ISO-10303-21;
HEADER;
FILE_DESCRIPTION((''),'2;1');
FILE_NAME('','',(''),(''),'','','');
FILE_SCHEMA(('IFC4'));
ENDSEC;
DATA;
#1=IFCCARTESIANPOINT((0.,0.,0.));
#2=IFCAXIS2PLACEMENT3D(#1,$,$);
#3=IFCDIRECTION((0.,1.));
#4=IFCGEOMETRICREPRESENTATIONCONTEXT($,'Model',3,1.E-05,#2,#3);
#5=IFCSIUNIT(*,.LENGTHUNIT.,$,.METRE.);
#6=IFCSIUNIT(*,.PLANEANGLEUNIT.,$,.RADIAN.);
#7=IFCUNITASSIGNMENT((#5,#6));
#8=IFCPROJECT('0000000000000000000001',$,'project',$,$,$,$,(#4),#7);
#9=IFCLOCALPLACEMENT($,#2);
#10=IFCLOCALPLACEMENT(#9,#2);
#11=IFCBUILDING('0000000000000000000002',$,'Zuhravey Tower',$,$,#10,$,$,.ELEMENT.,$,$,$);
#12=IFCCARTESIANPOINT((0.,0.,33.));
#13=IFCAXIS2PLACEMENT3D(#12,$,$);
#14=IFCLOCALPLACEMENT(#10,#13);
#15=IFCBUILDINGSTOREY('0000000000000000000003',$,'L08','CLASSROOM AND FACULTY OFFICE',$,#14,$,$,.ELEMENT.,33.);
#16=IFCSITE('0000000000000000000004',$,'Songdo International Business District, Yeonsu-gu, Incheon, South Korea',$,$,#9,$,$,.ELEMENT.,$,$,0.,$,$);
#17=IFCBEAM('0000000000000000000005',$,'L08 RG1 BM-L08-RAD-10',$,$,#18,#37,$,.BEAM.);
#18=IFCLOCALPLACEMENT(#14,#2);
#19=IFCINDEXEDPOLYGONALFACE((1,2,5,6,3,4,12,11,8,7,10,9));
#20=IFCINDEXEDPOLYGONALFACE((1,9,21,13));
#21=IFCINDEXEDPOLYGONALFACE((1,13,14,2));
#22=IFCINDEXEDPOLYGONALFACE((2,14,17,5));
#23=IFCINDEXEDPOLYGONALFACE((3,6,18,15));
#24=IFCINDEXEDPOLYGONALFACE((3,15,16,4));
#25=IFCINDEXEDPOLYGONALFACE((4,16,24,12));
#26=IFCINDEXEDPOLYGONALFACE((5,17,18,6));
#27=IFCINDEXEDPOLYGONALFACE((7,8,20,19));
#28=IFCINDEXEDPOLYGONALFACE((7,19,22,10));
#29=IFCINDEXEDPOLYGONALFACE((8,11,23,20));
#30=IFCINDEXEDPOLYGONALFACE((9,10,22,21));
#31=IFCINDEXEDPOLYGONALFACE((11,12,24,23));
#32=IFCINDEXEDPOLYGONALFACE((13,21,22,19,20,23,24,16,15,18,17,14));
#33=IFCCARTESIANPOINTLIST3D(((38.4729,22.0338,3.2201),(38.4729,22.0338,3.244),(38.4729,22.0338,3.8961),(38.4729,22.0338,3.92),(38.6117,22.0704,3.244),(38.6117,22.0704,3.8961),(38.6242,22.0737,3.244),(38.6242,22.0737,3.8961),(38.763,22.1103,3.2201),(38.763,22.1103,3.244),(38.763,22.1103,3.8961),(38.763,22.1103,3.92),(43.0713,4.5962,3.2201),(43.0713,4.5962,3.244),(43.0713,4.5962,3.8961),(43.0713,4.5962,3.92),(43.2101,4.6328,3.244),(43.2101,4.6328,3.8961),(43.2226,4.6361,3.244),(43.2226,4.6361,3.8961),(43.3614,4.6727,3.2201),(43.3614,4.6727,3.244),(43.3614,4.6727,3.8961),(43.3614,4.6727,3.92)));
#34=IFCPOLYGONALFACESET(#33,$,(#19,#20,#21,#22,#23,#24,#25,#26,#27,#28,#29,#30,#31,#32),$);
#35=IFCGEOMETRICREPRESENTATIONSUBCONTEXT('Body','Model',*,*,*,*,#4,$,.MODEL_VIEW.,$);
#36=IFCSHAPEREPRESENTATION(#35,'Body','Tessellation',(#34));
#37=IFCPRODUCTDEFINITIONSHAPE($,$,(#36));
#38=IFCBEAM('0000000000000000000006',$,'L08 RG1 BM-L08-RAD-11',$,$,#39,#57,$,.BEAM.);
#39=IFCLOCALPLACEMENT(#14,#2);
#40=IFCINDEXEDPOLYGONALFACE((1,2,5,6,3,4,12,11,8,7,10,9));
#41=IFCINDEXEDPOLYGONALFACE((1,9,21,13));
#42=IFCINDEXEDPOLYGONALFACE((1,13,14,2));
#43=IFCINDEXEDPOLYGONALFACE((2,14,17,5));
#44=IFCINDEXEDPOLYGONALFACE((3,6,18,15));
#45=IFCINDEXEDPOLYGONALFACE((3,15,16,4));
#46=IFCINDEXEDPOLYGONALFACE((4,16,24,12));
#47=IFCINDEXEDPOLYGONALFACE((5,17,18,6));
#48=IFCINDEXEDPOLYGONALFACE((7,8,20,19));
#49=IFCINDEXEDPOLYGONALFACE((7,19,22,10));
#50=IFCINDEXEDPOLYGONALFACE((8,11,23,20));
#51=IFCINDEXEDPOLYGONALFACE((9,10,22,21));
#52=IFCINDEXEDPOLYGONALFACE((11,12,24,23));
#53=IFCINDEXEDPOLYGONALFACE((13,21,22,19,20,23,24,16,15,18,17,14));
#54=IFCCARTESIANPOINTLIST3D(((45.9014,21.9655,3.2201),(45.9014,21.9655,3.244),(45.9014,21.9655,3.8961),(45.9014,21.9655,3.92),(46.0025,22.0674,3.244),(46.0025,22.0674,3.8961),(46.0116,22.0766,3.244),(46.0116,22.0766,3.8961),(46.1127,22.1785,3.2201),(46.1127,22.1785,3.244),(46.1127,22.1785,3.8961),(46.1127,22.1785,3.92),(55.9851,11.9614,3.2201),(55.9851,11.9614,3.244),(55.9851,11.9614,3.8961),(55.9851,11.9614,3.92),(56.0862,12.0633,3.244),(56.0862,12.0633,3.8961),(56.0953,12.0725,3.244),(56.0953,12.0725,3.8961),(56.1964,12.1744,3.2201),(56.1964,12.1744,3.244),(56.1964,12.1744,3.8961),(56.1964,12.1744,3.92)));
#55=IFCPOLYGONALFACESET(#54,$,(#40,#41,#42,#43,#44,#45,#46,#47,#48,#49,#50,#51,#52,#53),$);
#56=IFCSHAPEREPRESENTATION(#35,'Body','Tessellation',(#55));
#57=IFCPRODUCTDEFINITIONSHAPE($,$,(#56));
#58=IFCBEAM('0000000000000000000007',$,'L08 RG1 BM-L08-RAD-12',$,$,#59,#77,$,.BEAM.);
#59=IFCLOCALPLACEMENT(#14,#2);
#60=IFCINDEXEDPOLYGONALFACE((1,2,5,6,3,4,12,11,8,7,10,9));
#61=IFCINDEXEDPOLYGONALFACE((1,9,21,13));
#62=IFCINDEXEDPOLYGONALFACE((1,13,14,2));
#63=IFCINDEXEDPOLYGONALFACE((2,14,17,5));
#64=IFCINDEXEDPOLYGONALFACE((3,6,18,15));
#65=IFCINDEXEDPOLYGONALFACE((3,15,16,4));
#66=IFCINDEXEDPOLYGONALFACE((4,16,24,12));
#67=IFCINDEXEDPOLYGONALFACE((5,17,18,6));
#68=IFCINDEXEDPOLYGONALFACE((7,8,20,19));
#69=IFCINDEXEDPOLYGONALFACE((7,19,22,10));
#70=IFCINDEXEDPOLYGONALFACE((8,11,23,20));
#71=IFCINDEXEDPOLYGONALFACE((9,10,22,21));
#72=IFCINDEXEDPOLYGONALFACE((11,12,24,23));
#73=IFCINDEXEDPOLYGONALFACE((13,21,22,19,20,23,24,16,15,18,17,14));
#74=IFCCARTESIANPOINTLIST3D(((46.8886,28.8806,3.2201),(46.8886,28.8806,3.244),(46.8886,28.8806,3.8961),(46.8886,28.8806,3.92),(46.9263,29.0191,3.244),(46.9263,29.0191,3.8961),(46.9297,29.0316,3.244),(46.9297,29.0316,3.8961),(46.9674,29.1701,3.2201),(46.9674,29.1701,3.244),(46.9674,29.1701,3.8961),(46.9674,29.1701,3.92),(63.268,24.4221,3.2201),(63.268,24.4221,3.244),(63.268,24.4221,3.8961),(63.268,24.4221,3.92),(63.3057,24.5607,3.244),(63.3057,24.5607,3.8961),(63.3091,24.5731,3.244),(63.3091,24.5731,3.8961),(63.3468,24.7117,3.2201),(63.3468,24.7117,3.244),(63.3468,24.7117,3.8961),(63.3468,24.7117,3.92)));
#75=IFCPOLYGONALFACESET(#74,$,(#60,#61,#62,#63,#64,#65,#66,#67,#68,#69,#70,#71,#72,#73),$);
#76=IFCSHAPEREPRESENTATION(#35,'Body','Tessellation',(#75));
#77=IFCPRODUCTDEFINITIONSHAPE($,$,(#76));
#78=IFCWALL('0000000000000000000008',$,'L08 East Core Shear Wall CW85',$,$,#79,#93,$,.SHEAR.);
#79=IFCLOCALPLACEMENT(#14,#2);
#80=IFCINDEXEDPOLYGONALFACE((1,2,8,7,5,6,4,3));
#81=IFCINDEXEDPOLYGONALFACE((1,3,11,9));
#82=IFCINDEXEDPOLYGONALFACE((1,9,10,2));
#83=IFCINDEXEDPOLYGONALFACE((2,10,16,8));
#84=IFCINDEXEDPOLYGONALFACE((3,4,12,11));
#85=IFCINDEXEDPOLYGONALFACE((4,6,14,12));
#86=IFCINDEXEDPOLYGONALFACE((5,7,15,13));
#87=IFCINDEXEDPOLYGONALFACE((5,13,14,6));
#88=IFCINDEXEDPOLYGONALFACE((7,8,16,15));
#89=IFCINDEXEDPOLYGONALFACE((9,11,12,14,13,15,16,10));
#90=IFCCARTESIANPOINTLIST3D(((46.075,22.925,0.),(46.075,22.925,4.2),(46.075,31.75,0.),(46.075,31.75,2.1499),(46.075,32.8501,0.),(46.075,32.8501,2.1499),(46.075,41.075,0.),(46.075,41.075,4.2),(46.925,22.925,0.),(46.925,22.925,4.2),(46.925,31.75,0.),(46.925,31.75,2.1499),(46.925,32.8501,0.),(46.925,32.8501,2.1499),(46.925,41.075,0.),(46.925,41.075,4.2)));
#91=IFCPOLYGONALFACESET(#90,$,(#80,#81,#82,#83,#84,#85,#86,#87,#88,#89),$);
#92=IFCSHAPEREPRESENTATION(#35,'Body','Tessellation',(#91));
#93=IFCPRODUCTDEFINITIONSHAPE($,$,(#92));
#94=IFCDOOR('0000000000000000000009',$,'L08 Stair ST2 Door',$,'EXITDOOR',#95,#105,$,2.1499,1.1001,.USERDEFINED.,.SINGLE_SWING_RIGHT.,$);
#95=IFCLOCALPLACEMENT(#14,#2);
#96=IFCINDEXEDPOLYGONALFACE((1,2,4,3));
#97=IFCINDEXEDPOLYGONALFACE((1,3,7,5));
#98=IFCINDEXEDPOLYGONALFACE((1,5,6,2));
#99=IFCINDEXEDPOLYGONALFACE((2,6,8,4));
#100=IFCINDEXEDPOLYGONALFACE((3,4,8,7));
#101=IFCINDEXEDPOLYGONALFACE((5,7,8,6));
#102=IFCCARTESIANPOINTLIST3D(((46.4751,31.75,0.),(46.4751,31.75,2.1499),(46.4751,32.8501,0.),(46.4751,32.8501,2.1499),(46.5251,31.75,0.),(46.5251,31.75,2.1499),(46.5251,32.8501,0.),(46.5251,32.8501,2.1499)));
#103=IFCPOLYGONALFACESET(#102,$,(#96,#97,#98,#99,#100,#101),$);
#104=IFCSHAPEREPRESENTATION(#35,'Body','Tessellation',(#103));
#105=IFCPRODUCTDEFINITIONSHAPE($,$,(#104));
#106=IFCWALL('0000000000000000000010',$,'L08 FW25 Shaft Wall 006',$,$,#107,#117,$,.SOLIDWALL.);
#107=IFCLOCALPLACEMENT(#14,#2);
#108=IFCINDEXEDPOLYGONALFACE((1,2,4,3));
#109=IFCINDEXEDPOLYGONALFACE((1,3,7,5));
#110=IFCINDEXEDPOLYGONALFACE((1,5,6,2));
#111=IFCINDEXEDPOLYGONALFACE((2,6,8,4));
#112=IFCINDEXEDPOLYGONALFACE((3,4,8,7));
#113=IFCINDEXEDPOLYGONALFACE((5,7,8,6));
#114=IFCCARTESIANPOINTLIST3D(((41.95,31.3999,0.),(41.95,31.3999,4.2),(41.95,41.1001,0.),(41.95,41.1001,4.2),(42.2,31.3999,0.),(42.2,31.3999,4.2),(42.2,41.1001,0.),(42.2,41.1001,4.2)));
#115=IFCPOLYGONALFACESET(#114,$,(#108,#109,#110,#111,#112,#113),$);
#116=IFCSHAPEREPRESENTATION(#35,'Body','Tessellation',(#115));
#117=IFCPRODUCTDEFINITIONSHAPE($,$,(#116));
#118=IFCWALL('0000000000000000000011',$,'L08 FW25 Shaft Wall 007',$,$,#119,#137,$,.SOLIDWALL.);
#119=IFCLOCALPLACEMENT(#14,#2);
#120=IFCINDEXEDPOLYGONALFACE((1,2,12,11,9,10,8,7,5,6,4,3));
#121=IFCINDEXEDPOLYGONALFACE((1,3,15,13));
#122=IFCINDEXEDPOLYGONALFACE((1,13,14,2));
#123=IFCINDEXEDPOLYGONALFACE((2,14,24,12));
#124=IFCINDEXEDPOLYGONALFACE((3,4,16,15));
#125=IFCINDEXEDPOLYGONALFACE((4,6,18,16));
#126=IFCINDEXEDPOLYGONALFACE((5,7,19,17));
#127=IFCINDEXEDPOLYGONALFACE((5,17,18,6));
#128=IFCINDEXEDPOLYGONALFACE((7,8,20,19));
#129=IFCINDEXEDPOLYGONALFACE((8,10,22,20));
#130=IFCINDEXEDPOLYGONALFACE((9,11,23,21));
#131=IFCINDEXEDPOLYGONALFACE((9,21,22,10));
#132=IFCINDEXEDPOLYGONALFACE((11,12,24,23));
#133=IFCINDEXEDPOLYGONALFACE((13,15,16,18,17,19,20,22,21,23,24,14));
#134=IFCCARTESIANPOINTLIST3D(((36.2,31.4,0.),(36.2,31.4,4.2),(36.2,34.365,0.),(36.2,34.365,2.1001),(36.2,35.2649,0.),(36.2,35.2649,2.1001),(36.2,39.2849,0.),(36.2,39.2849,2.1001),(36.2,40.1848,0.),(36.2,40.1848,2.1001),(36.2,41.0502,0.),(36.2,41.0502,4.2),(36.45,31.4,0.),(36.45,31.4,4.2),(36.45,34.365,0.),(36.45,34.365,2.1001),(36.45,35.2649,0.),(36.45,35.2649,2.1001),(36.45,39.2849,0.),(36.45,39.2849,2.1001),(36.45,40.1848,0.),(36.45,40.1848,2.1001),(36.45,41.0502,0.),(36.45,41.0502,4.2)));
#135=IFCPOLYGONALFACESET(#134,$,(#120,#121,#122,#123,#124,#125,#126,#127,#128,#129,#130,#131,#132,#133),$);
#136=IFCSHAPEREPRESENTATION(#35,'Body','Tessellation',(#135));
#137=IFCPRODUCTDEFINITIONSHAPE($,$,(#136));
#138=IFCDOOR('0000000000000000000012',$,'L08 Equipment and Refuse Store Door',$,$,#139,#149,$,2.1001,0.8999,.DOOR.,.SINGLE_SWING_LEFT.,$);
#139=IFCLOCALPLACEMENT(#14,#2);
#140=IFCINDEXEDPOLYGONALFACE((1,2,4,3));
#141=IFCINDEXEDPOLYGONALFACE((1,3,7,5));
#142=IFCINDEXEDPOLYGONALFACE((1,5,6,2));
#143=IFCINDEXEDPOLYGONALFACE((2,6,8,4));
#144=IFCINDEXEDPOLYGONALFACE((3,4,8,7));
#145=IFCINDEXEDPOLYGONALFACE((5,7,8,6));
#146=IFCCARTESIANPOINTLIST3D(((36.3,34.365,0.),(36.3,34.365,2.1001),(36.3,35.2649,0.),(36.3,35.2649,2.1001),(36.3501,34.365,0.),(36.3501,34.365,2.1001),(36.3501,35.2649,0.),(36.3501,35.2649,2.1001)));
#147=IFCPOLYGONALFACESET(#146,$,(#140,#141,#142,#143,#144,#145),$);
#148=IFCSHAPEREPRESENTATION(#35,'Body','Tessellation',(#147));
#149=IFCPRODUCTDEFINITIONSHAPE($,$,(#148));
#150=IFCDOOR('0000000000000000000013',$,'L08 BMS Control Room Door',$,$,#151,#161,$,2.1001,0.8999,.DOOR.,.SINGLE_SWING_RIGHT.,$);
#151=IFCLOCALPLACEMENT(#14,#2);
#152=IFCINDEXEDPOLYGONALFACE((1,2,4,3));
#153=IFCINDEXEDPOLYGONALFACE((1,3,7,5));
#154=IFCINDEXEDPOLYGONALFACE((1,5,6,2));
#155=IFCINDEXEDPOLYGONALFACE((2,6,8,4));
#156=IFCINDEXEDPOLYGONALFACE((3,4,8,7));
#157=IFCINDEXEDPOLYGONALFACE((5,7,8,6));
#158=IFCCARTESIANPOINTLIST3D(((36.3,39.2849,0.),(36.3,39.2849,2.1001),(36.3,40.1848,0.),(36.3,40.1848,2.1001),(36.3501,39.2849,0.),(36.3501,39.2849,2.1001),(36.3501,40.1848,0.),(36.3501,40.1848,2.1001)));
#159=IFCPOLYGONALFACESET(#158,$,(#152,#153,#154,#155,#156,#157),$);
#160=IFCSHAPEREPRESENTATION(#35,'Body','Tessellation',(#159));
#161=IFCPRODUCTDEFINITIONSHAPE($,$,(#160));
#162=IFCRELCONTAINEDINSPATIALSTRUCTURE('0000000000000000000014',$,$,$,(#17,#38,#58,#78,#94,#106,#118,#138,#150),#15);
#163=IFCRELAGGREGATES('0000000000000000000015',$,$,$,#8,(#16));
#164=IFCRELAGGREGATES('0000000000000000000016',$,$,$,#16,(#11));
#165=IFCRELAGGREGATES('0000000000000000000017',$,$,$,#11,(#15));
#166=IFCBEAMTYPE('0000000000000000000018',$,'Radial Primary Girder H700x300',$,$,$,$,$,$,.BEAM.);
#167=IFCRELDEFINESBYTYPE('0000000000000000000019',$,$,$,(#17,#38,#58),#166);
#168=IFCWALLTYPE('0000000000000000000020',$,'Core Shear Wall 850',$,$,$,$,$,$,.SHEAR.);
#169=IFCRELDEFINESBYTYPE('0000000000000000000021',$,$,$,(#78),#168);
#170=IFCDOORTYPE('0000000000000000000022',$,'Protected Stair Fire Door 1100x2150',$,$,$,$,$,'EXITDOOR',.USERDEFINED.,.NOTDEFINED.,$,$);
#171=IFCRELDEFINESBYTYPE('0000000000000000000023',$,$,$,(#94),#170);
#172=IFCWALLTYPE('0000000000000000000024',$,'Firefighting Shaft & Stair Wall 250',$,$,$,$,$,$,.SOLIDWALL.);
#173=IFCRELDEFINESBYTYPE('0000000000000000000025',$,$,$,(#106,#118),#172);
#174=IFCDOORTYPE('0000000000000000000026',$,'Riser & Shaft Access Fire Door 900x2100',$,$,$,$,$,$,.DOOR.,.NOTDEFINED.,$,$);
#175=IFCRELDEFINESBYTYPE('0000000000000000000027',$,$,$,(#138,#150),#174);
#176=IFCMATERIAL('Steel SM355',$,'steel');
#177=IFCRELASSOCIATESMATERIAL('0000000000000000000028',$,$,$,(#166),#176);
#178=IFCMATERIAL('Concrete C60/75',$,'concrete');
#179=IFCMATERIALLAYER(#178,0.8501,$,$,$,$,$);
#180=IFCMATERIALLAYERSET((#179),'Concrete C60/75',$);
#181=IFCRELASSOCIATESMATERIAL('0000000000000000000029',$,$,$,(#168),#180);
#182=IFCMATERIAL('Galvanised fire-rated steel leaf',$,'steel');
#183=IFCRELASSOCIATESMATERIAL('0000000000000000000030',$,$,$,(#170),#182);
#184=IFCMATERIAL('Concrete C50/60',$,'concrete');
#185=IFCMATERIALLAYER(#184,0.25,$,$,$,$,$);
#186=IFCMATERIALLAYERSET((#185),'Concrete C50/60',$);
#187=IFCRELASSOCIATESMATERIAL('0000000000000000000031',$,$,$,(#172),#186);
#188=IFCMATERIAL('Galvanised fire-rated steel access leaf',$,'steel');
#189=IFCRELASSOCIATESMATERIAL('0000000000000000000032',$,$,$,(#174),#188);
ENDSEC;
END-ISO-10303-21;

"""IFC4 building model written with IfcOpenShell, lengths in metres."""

from ifc_helpers import new_model, si_unit, direction, frame, frame_2d, origin, origin_2d, place, context, subcontext, project, spatial, rectangle, i_section, extrude, material, layer, layer_set, material_profile, profile_set, type_object, element, fill, save


model = new_model("IFC4")

# Units and contexts
model_context = context("Model", 3, precision=1e-05, world=origin(), true_north=direction((0.0, 1.0)))
body_context = subcontext(model_context, "Body", "Model", "MODEL_VIEW")
ifc_project = project(units=[si_unit("LENGTHUNIT", "METRE"), si_unit("PLANEANGLEUNIT", "RADIAN")], contexts=[model_context])

# Site, building, storey
site_placement = place(None, origin())
site = spatial("IfcSite", under=ifc_project, at=site_placement, Name="Songdo International Business District, Yeonsu-gu, Incheon, South Korea", CompositionType="ELEMENT", RefElevation=0.0)
building_placement = place(site_placement, origin())
building = spatial("IfcBuilding", under=site, at=building_placement, Name="Zuhravey Tower", CompositionType="ELEMENT")
storey_placement = place(building_placement, frame((0.0, 0.0, 33.0)))
storey = spatial("IfcBuildingStorey", under=building, at=storey_placement, Name="L08", Description="CLASSROOM AND FACULTY OFFICE", CompositionType="ELEMENT", Elevation=33.0)

# Beams
ifc_material_1 = material(Name="Steel SM355", Category="steel")
ifc_material_profile = material_profile(ifc_material_1, i_section(OverallWidth=0.3, OverallDepth=0.7, WebThickness=0.0129, FlangeThickness=0.0239, at=origin_2d()), Name="H-700x300x13x24")
ifc_profile_set = profile_set([ifc_material_profile], Name="Steel SM355")
beam_type = type_object("IfcBeamType", Name="Radial Primary Girder H700x300", PredefinedType="BEAM", material=ifc_profile_set)
beam_1_placement = place(storey_placement, frame((38.6179, 22.072, 3.5701), z_axis=(0.25499, -0.966944, 0.0), x_axis=(0.966944, 0.25499, 0.0)))
element("IfcBeam", 1, at=beam_1_placement, inside=storey, type_object=beam_type, Name="L08 RG1 BM-L08-RAD-10", PredefinedType="BEAM", context=body_context, shape_type="SweptSolid", body=[
    extrude(i_section(OverallWidth=0.3, OverallDepth=0.7, WebThickness=0.0129, FlangeThickness=0.0239, at=origin_2d()), origin(), (0.0, 0.0, 1.0), 18.0337),
])
beam_2_placement = place(storey_placement, frame((46.0071, 22.072, 3.5701), z_axis=(0.709903, -0.7043, 0.0), x_axis=(0.7043, 0.709903, 0.0)))
element("IfcBeam", 2, at=beam_2_placement, inside=storey, type_object=beam_type, Name="L08 RG1 BM-L08-RAD-11", PredefinedType="BEAM", context=body_context, shape_type="SweptSolid", body=[
    extrude(i_section(OverallWidth=0.3, OverallDepth=0.7, WebThickness=0.0129, FlangeThickness=0.0239, at=origin_2d()), origin(), (0.0, 0.0, 1.0), 14.2043),
])
beam_3_placement = place(storey_placement, frame((46.928, 29.0254, 3.5701), z_axis=(0.964892, -0.262645, 0.0), x_axis=(0.262645, 0.964892, 0.0)))
element("IfcBeam", 3, at=beam_3_placement, inside=storey, type_object=beam_type, Name="L08 RG1 BM-L08-RAD-12", PredefinedType="BEAM", context=body_context, shape_type="SweptSolid", body=[
    extrude(i_section(OverallWidth=0.3, OverallDepth=0.7, WebThickness=0.0129, FlangeThickness=0.0239, at=origin_2d()), origin(), (0.0, 0.0, 1.0), 16.9753),
])

# Wall, opening, door
ifc_material_2 = material(Name="Concrete C60/75", Category="concrete")
ifc_layer_1 = layer(ifc_material_2, 0.8501)
ifc_layer_set_1 = layer_set([ifc_layer_1], Name="Concrete C60/75")
wall_type_1 = type_object("IfcWallType", Name="Core Shear Wall 850", PredefinedType="SHEAR", material=ifc_layer_set_1)
ifc_material_3 = material(Name="Galvanised fire-rated steel leaf", Category="steel")
wall_1_placement = place(storey_placement, frame((46.5, 22.925, 0.0), z_axis=(0.0, 0.0, 1.0), x_axis=(0.0, 1.0, 0.0)))
wall_1 = element("IfcWall", 4, at=wall_1_placement, inside=storey, type_object=wall_type_1, Name="L08 East Core Shear Wall CW85", PredefinedType="SHEAR", context=body_context, shape_type="SweptSolid", body=[
    extrude(rectangle(XDim=18.1499, YDim=0.8501, at=frame_2d((9.075, 0.0))), origin(), (0.0, 0.0, 1.0), 4.2),
])
opening_1_placement = place(wall_1_placement, frame((8.825, 0.0, 0.0)))
opening_1 = element("IfcOpeningElement", 5, at=opening_1_placement, cuts=wall_1, PredefinedType="OPENING", context=body_context, shape_type="SweptSolid", body=[
    extrude(rectangle(XDim=1.1001, YDim=2.1499, at=frame_2d((0.55, 1.075))), frame((0.0, 0.437, 0.0), z_axis=(0.0, -1.0, 0.0), x_axis=(1.0, 0.0, 0.0)), (0.0, 0.0, 1.0), 0.874),
])
door_type_1 = type_object("IfcDoorType", Name="Protected Stair Fire Door 1100x2150", ElementType="EXITDOOR", OperationType="NOTDEFINED", PredefinedType="USERDEFINED", material=ifc_material_3)
door_1_placement = place(opening_1_placement, origin())
door_1 = element("IfcDoor", 6, at=door_1_placement, inside=storey, type_object=door_type_1, Name="L08 Stair ST2 Door", ObjectType="EXITDOOR", OperationType="SINGLE_SWING_RIGHT", OverallHeight=2.1499, OverallWidth=1.1001, PredefinedType="USERDEFINED", context=body_context, shape_type="SweptSolid", body=[
    extrude(rectangle(XDim=1.1001, YDim=2.1499, at=frame_2d((0.55, 1.075))), frame((0.0, 0.0249, 0.0), z_axis=(0.0, -1.0, 0.0), x_axis=(1.0, 0.0, 0.0)), (0.0, 0.0, 1.0), 0.05),
])
fill(opening_1, door_1)

# Wall
ifc_material_4 = material(Name="Concrete C50/60", Category="concrete")
ifc_layer_2 = layer(ifc_material_4, 0.25)
ifc_layer_set_2 = layer_set([ifc_layer_2], Name="Concrete C50/60")
wall_type_2 = type_object("IfcWallType", Name="Firefighting Shaft & Stair Wall 250", PredefinedType="SOLIDWALL", material=ifc_layer_set_2)
wall_2_placement = place(storey_placement, frame((42.075, 31.3999, 0.0), z_axis=(0.0, 0.0, 1.0), x_axis=(0.0, 1.0, 0.0)))
element("IfcWall", 7, at=wall_2_placement, inside=storey, type_object=wall_type_2, Name="L08 FW25 Shaft Wall 006", PredefinedType="SOLIDWALL", context=body_context, shape_type="SweptSolid", body=[
    extrude(rectangle(XDim=9.7002, YDim=0.25, at=frame_2d((4.8501, 0.0))), origin(), (0.0, 0.0, 1.0), 4.2),
])

# Wall, openings, doors
wall_3_placement = place(storey_placement, frame((36.325, 31.3999, 0.0), z_axis=(0.0, 0.0, 1.0), x_axis=(0.0, 1.0, 0.0)))
wall_3 = element("IfcWall", 8, at=wall_3_placement, inside=storey, type_object=wall_type_2, Name="L08 FW25 Shaft Wall 007", PredefinedType="SOLIDWALL", context=body_context, shape_type="SweptSolid", body=[
    extrude(rectangle(XDim=9.6501, YDim=0.25, at=frame_2d((4.8252, 0.0))), origin(), (0.0, 0.0, 1.0), 4.2),
])
opening_2_placement = place(wall_3_placement, frame((2.9651, 0.0, 0.0)))
opening_2 = element("IfcOpeningElement", 9, at=opening_2_placement, cuts=wall_3, PredefinedType="OPENING", context=body_context, shape_type="SweptSolid", body=[
    extrude(rectangle(XDim=0.8999, YDim=2.1001, at=frame_2d((0.45, 1.05))), frame((0.0, 0.137, 0.0), z_axis=(0.0, -1.0, 0.0), x_axis=(1.0, 0.0, 0.0)), (0.0, 0.0, 1.0), 0.2739),
])
opening_3_placement = place(wall_3_placement, frame((7.885, 0.0, 0.0)))
opening_3 = element("IfcOpeningElement", 10, at=opening_3_placement, cuts=wall_3, PredefinedType="OPENING", context=body_context, shape_type="SweptSolid", body=[
    extrude(rectangle(XDim=0.8999, YDim=2.1001, at=frame_2d((0.45, 1.05))), frame((0.0, 0.137, 0.0), z_axis=(0.0, -1.0, 0.0), x_axis=(1.0, 0.0, 0.0)), (0.0, 0.0, 1.0), 0.2739),
])
ifc_material_5 = material(Name="Galvanised fire-rated steel access leaf", Category="steel")
door_type_2 = type_object("IfcDoorType", Name="Riser & Shaft Access Fire Door 900x2100", OperationType="NOTDEFINED", PredefinedType="DOOR", material=ifc_material_5)
door_2_placement = place(opening_2_placement, origin())
door_2 = element("IfcDoor", 11, at=door_2_placement, inside=storey, type_object=door_type_2, Name="L08 Equipment and Refuse Store Door", OperationType="SINGLE_SWING_LEFT", OverallHeight=2.1001, OverallWidth=0.8999, PredefinedType="DOOR", context=body_context, shape_type="SweptSolid", body=[
    extrude(rectangle(XDim=0.8999, YDim=2.1001, at=frame_2d((0.45, 1.05))), frame((0.0, 0.0249, 0.0), z_axis=(0.0, -1.0, 0.0), x_axis=(1.0, 0.0, 0.0)), (0.0, 0.0, 1.0), 0.05),
])
fill(opening_2, door_2)
door_3_placement = place(opening_3_placement, origin())
door_3 = element("IfcDoor", 12, at=door_3_placement, inside=storey, type_object=door_type_2, Name="L08 BMS Control Room Door", OperationType="SINGLE_SWING_RIGHT", OverallHeight=2.1001, OverallWidth=0.8999, PredefinedType="DOOR", context=body_context, shape_type="SweptSolid", body=[
    extrude(rectangle(XDim=0.8999, YDim=2.1001, at=frame_2d((0.45, 1.05))), frame((0.0, 0.0249, 0.0), z_axis=(0.0, -1.0, 0.0), x_axis=(1.0, 0.0, 0.0)), (0.0, 0.0, 1.0), 0.05),
])
fill(opening_3, door_3)

save(model, "model.ifc")
